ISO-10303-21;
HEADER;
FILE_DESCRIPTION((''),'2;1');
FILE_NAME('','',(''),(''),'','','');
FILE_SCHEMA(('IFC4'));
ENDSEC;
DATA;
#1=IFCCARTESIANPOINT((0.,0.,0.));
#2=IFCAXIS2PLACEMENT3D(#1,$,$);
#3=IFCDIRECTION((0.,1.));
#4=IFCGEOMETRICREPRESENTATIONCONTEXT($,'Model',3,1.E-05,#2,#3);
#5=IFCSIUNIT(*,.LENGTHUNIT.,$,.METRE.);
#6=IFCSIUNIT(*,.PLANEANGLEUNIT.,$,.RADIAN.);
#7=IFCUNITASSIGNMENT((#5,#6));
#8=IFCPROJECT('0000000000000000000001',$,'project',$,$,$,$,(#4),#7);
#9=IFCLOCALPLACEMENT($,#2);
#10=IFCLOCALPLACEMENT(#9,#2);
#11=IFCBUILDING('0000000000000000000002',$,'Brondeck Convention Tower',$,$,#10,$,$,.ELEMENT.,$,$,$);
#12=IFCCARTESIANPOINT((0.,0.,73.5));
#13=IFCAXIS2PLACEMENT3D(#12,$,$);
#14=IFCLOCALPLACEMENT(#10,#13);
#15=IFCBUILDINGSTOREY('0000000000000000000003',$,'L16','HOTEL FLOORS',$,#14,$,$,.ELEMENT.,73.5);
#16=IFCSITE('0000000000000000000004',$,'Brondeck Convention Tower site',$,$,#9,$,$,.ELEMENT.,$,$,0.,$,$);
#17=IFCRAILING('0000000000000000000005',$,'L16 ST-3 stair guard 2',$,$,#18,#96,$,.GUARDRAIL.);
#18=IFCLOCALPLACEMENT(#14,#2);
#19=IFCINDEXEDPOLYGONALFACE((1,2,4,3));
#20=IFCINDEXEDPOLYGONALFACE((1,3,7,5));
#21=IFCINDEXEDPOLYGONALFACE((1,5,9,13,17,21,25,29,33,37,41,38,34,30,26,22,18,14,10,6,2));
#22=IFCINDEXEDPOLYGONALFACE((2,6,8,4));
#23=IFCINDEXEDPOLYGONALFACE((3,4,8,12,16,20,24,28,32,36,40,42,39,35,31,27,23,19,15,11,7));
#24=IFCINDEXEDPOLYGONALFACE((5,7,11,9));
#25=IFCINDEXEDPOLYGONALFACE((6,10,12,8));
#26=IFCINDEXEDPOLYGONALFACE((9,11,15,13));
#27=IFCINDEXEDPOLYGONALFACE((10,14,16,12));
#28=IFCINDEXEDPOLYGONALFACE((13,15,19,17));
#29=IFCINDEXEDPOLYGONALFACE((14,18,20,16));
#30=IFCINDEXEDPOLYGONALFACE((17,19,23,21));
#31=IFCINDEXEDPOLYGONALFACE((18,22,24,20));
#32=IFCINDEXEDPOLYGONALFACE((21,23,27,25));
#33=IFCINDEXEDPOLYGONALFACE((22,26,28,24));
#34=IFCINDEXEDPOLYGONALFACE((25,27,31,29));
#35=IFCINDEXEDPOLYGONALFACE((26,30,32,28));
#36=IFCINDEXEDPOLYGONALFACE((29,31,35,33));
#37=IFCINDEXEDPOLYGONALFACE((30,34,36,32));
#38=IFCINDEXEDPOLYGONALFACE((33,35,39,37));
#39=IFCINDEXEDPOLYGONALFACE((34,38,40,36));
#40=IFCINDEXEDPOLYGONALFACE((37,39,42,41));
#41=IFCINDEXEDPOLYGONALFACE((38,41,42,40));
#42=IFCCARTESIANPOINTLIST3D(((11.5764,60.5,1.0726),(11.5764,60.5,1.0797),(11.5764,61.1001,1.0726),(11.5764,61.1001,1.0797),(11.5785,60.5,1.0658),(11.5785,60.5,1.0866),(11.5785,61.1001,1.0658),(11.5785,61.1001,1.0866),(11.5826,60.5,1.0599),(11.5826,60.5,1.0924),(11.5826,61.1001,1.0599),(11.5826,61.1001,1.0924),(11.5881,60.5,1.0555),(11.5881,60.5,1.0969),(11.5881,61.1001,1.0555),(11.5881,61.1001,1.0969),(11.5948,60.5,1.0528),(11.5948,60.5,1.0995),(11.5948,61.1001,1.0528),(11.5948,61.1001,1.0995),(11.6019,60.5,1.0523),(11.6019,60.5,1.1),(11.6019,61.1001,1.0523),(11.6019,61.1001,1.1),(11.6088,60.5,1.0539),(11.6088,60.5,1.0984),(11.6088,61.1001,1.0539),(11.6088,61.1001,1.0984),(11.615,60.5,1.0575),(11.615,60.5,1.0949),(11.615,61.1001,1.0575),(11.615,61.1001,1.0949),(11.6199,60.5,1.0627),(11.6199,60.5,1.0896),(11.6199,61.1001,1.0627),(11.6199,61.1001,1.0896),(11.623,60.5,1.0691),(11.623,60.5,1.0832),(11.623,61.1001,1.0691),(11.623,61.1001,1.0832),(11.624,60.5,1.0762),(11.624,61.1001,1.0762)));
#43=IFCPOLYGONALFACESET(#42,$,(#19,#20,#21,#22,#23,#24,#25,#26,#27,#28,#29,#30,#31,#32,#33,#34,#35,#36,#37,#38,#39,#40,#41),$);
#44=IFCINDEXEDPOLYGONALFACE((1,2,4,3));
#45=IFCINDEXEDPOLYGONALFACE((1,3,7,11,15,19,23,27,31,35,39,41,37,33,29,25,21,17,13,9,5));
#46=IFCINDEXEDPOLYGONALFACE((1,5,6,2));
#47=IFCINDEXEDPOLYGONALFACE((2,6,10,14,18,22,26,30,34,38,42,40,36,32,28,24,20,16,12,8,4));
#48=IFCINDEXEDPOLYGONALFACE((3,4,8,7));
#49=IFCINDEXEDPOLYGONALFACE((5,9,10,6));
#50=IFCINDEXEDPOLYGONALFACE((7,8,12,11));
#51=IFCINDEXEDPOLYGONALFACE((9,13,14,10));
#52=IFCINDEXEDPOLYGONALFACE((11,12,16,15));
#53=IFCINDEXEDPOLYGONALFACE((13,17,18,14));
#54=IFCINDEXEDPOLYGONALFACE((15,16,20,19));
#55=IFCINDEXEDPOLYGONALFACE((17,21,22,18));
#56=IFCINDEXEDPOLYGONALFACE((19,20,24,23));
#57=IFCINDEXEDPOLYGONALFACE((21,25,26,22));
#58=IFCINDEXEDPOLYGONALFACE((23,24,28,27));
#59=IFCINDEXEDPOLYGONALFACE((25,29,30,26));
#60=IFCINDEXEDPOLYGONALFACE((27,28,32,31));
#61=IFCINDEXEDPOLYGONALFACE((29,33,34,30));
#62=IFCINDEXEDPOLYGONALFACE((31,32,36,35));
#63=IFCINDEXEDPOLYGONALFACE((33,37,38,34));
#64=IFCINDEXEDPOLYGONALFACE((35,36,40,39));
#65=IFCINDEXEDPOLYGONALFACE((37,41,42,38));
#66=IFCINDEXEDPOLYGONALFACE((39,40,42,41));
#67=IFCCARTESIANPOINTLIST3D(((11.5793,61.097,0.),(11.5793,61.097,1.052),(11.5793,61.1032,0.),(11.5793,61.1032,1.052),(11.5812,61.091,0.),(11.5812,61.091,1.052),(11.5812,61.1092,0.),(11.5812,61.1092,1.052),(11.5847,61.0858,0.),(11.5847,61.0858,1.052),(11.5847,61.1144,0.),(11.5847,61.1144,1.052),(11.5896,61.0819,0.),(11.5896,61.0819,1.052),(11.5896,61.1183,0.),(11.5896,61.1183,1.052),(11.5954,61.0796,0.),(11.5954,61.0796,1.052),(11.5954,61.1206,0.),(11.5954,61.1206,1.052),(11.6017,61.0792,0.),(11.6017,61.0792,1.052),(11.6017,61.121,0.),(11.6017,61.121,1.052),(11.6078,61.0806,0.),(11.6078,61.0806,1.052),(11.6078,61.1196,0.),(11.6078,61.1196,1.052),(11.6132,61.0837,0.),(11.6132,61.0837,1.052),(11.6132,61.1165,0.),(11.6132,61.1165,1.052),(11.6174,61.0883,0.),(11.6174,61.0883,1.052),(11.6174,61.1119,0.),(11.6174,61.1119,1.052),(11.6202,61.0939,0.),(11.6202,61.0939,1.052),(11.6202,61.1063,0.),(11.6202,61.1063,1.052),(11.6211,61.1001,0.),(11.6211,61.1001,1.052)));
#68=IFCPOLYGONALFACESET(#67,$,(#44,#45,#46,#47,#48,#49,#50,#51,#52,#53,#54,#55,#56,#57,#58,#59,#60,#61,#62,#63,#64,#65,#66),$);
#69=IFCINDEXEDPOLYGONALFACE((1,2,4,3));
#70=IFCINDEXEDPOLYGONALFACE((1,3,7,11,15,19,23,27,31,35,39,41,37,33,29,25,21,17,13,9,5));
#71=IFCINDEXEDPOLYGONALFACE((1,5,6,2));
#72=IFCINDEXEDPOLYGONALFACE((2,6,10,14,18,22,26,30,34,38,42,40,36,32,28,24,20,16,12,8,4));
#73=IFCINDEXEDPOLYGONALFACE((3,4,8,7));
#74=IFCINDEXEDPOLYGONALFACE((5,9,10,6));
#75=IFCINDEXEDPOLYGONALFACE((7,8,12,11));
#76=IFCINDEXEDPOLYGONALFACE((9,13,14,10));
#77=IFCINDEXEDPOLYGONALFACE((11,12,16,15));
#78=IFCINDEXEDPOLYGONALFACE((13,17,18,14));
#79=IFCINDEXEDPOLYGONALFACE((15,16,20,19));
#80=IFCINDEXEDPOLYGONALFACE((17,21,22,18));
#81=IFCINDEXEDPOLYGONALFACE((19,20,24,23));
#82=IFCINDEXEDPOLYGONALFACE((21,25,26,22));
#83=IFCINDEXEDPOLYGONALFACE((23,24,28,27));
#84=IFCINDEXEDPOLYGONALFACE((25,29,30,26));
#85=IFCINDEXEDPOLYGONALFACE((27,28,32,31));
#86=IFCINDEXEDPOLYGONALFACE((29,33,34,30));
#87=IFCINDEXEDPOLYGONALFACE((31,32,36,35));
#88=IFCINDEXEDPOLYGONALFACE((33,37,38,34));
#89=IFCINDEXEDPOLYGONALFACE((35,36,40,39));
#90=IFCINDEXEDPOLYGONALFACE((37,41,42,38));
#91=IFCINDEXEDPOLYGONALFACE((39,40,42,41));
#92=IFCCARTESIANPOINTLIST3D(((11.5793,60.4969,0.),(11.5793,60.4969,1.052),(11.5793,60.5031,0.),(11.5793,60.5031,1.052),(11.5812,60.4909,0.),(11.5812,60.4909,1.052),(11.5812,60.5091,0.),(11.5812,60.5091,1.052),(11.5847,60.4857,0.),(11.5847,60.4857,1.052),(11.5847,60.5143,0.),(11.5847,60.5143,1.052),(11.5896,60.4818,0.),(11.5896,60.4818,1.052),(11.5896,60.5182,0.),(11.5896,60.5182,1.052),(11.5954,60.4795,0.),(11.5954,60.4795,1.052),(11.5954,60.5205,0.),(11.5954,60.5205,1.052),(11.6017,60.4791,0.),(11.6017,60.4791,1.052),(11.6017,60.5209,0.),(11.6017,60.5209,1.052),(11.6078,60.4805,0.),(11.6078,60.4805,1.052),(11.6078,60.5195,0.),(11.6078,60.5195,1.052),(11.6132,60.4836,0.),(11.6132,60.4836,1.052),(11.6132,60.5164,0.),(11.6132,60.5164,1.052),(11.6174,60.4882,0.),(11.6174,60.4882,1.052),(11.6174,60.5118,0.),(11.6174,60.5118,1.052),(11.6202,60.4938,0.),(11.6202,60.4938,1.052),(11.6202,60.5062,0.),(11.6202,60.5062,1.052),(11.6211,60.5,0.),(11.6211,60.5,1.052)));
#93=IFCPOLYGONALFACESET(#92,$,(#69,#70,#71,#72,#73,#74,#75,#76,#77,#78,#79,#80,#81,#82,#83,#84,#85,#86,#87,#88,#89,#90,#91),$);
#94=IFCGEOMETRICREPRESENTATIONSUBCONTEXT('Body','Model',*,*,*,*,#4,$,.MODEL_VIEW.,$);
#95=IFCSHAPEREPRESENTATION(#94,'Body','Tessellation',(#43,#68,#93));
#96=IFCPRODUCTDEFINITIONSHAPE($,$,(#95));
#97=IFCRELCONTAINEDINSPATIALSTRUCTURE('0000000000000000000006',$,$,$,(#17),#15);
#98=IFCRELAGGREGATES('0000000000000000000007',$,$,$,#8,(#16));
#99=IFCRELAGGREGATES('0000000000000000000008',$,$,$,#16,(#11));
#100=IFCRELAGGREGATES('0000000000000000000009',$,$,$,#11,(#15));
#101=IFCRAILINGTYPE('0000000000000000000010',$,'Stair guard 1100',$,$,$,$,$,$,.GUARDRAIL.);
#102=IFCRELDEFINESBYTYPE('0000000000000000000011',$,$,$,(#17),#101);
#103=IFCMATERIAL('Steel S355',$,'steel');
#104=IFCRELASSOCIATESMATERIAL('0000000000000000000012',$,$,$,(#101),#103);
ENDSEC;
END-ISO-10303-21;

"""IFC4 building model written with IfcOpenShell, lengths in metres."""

from ifc_helpers import new_model, si_unit, direction, frame, origin, origin_2d, place, context, subcontext, project, spatial, circle, extrude, material, type_object, element, save


model = new_model("IFC4")

# Units and contexts
model_context = context("Model", 3, precision=1e-05, world=origin(), true_north=direction((0.0, 1.0)))
body_context = subcontext(model_context, "Body", "Model", "MODEL_VIEW")
ifc_project = project(units=[si_unit("LENGTHUNIT", "METRE"), si_unit("PLANEANGLEUNIT", "RADIAN")], contexts=[model_context])

# Site, building, storey
site_placement = place(None, origin())
site = spatial("IfcSite", under=ifc_project, at=site_placement, Name="Brondeck Convention Tower site", CompositionType="ELEMENT", RefElevation=0.0)
building_placement = place(site_placement, origin())
building = spatial("IfcBuilding", under=site, at=building_placement, Name="Brondeck Convention Tower", CompositionType="ELEMENT")
storey_placement = place(building_placement, frame((0.0, 0.0, 73.5)))
storey = spatial("IfcBuildingStorey", under=building, at=storey_placement, Name="L16", Description="HOTEL FLOORS", CompositionType="ELEMENT", Elevation=73.5)

# Railing
ifc_material_1 = material(Name="Steel S355", Category="steel")
railing_type_1 = type_object("IfcRailingType", Name="Stair guard 1100", PredefinedType="GUARDRAIL", material=ifc_material_1)
railing_1_placement = place(storey_placement, frame((11.6001, 61.1001, 0.0)))
element("IfcRailing", 1, at=railing_1_placement, inside=storey, type_object=railing_type_1, Name="L16 ST-3 stair guard 2", PredefinedType="GUARDRAIL", context=body_context, shape_type="SweptSolid", body=[
    extrude(circle(Radius=0.0239, at=origin_2d()), frame((0.0, 0.0, 1.0762), z_axis=(0.0, -1.0, 0.0), x_axis=(1.0, 0.0, 0.0)), (0.0, 0.0, 1.0), 0.6001),
    extrude(circle(Radius=0.021, at=origin_2d()), origin(), (0.0, 0.0, 1.0), 1.052),
    extrude(circle(Radius=0.021, at=origin_2d()), frame((0.0, -0.6001, 0.0)), (0.0, 0.0, 1.0), 1.052),
])

save(model, "model.ifc")
